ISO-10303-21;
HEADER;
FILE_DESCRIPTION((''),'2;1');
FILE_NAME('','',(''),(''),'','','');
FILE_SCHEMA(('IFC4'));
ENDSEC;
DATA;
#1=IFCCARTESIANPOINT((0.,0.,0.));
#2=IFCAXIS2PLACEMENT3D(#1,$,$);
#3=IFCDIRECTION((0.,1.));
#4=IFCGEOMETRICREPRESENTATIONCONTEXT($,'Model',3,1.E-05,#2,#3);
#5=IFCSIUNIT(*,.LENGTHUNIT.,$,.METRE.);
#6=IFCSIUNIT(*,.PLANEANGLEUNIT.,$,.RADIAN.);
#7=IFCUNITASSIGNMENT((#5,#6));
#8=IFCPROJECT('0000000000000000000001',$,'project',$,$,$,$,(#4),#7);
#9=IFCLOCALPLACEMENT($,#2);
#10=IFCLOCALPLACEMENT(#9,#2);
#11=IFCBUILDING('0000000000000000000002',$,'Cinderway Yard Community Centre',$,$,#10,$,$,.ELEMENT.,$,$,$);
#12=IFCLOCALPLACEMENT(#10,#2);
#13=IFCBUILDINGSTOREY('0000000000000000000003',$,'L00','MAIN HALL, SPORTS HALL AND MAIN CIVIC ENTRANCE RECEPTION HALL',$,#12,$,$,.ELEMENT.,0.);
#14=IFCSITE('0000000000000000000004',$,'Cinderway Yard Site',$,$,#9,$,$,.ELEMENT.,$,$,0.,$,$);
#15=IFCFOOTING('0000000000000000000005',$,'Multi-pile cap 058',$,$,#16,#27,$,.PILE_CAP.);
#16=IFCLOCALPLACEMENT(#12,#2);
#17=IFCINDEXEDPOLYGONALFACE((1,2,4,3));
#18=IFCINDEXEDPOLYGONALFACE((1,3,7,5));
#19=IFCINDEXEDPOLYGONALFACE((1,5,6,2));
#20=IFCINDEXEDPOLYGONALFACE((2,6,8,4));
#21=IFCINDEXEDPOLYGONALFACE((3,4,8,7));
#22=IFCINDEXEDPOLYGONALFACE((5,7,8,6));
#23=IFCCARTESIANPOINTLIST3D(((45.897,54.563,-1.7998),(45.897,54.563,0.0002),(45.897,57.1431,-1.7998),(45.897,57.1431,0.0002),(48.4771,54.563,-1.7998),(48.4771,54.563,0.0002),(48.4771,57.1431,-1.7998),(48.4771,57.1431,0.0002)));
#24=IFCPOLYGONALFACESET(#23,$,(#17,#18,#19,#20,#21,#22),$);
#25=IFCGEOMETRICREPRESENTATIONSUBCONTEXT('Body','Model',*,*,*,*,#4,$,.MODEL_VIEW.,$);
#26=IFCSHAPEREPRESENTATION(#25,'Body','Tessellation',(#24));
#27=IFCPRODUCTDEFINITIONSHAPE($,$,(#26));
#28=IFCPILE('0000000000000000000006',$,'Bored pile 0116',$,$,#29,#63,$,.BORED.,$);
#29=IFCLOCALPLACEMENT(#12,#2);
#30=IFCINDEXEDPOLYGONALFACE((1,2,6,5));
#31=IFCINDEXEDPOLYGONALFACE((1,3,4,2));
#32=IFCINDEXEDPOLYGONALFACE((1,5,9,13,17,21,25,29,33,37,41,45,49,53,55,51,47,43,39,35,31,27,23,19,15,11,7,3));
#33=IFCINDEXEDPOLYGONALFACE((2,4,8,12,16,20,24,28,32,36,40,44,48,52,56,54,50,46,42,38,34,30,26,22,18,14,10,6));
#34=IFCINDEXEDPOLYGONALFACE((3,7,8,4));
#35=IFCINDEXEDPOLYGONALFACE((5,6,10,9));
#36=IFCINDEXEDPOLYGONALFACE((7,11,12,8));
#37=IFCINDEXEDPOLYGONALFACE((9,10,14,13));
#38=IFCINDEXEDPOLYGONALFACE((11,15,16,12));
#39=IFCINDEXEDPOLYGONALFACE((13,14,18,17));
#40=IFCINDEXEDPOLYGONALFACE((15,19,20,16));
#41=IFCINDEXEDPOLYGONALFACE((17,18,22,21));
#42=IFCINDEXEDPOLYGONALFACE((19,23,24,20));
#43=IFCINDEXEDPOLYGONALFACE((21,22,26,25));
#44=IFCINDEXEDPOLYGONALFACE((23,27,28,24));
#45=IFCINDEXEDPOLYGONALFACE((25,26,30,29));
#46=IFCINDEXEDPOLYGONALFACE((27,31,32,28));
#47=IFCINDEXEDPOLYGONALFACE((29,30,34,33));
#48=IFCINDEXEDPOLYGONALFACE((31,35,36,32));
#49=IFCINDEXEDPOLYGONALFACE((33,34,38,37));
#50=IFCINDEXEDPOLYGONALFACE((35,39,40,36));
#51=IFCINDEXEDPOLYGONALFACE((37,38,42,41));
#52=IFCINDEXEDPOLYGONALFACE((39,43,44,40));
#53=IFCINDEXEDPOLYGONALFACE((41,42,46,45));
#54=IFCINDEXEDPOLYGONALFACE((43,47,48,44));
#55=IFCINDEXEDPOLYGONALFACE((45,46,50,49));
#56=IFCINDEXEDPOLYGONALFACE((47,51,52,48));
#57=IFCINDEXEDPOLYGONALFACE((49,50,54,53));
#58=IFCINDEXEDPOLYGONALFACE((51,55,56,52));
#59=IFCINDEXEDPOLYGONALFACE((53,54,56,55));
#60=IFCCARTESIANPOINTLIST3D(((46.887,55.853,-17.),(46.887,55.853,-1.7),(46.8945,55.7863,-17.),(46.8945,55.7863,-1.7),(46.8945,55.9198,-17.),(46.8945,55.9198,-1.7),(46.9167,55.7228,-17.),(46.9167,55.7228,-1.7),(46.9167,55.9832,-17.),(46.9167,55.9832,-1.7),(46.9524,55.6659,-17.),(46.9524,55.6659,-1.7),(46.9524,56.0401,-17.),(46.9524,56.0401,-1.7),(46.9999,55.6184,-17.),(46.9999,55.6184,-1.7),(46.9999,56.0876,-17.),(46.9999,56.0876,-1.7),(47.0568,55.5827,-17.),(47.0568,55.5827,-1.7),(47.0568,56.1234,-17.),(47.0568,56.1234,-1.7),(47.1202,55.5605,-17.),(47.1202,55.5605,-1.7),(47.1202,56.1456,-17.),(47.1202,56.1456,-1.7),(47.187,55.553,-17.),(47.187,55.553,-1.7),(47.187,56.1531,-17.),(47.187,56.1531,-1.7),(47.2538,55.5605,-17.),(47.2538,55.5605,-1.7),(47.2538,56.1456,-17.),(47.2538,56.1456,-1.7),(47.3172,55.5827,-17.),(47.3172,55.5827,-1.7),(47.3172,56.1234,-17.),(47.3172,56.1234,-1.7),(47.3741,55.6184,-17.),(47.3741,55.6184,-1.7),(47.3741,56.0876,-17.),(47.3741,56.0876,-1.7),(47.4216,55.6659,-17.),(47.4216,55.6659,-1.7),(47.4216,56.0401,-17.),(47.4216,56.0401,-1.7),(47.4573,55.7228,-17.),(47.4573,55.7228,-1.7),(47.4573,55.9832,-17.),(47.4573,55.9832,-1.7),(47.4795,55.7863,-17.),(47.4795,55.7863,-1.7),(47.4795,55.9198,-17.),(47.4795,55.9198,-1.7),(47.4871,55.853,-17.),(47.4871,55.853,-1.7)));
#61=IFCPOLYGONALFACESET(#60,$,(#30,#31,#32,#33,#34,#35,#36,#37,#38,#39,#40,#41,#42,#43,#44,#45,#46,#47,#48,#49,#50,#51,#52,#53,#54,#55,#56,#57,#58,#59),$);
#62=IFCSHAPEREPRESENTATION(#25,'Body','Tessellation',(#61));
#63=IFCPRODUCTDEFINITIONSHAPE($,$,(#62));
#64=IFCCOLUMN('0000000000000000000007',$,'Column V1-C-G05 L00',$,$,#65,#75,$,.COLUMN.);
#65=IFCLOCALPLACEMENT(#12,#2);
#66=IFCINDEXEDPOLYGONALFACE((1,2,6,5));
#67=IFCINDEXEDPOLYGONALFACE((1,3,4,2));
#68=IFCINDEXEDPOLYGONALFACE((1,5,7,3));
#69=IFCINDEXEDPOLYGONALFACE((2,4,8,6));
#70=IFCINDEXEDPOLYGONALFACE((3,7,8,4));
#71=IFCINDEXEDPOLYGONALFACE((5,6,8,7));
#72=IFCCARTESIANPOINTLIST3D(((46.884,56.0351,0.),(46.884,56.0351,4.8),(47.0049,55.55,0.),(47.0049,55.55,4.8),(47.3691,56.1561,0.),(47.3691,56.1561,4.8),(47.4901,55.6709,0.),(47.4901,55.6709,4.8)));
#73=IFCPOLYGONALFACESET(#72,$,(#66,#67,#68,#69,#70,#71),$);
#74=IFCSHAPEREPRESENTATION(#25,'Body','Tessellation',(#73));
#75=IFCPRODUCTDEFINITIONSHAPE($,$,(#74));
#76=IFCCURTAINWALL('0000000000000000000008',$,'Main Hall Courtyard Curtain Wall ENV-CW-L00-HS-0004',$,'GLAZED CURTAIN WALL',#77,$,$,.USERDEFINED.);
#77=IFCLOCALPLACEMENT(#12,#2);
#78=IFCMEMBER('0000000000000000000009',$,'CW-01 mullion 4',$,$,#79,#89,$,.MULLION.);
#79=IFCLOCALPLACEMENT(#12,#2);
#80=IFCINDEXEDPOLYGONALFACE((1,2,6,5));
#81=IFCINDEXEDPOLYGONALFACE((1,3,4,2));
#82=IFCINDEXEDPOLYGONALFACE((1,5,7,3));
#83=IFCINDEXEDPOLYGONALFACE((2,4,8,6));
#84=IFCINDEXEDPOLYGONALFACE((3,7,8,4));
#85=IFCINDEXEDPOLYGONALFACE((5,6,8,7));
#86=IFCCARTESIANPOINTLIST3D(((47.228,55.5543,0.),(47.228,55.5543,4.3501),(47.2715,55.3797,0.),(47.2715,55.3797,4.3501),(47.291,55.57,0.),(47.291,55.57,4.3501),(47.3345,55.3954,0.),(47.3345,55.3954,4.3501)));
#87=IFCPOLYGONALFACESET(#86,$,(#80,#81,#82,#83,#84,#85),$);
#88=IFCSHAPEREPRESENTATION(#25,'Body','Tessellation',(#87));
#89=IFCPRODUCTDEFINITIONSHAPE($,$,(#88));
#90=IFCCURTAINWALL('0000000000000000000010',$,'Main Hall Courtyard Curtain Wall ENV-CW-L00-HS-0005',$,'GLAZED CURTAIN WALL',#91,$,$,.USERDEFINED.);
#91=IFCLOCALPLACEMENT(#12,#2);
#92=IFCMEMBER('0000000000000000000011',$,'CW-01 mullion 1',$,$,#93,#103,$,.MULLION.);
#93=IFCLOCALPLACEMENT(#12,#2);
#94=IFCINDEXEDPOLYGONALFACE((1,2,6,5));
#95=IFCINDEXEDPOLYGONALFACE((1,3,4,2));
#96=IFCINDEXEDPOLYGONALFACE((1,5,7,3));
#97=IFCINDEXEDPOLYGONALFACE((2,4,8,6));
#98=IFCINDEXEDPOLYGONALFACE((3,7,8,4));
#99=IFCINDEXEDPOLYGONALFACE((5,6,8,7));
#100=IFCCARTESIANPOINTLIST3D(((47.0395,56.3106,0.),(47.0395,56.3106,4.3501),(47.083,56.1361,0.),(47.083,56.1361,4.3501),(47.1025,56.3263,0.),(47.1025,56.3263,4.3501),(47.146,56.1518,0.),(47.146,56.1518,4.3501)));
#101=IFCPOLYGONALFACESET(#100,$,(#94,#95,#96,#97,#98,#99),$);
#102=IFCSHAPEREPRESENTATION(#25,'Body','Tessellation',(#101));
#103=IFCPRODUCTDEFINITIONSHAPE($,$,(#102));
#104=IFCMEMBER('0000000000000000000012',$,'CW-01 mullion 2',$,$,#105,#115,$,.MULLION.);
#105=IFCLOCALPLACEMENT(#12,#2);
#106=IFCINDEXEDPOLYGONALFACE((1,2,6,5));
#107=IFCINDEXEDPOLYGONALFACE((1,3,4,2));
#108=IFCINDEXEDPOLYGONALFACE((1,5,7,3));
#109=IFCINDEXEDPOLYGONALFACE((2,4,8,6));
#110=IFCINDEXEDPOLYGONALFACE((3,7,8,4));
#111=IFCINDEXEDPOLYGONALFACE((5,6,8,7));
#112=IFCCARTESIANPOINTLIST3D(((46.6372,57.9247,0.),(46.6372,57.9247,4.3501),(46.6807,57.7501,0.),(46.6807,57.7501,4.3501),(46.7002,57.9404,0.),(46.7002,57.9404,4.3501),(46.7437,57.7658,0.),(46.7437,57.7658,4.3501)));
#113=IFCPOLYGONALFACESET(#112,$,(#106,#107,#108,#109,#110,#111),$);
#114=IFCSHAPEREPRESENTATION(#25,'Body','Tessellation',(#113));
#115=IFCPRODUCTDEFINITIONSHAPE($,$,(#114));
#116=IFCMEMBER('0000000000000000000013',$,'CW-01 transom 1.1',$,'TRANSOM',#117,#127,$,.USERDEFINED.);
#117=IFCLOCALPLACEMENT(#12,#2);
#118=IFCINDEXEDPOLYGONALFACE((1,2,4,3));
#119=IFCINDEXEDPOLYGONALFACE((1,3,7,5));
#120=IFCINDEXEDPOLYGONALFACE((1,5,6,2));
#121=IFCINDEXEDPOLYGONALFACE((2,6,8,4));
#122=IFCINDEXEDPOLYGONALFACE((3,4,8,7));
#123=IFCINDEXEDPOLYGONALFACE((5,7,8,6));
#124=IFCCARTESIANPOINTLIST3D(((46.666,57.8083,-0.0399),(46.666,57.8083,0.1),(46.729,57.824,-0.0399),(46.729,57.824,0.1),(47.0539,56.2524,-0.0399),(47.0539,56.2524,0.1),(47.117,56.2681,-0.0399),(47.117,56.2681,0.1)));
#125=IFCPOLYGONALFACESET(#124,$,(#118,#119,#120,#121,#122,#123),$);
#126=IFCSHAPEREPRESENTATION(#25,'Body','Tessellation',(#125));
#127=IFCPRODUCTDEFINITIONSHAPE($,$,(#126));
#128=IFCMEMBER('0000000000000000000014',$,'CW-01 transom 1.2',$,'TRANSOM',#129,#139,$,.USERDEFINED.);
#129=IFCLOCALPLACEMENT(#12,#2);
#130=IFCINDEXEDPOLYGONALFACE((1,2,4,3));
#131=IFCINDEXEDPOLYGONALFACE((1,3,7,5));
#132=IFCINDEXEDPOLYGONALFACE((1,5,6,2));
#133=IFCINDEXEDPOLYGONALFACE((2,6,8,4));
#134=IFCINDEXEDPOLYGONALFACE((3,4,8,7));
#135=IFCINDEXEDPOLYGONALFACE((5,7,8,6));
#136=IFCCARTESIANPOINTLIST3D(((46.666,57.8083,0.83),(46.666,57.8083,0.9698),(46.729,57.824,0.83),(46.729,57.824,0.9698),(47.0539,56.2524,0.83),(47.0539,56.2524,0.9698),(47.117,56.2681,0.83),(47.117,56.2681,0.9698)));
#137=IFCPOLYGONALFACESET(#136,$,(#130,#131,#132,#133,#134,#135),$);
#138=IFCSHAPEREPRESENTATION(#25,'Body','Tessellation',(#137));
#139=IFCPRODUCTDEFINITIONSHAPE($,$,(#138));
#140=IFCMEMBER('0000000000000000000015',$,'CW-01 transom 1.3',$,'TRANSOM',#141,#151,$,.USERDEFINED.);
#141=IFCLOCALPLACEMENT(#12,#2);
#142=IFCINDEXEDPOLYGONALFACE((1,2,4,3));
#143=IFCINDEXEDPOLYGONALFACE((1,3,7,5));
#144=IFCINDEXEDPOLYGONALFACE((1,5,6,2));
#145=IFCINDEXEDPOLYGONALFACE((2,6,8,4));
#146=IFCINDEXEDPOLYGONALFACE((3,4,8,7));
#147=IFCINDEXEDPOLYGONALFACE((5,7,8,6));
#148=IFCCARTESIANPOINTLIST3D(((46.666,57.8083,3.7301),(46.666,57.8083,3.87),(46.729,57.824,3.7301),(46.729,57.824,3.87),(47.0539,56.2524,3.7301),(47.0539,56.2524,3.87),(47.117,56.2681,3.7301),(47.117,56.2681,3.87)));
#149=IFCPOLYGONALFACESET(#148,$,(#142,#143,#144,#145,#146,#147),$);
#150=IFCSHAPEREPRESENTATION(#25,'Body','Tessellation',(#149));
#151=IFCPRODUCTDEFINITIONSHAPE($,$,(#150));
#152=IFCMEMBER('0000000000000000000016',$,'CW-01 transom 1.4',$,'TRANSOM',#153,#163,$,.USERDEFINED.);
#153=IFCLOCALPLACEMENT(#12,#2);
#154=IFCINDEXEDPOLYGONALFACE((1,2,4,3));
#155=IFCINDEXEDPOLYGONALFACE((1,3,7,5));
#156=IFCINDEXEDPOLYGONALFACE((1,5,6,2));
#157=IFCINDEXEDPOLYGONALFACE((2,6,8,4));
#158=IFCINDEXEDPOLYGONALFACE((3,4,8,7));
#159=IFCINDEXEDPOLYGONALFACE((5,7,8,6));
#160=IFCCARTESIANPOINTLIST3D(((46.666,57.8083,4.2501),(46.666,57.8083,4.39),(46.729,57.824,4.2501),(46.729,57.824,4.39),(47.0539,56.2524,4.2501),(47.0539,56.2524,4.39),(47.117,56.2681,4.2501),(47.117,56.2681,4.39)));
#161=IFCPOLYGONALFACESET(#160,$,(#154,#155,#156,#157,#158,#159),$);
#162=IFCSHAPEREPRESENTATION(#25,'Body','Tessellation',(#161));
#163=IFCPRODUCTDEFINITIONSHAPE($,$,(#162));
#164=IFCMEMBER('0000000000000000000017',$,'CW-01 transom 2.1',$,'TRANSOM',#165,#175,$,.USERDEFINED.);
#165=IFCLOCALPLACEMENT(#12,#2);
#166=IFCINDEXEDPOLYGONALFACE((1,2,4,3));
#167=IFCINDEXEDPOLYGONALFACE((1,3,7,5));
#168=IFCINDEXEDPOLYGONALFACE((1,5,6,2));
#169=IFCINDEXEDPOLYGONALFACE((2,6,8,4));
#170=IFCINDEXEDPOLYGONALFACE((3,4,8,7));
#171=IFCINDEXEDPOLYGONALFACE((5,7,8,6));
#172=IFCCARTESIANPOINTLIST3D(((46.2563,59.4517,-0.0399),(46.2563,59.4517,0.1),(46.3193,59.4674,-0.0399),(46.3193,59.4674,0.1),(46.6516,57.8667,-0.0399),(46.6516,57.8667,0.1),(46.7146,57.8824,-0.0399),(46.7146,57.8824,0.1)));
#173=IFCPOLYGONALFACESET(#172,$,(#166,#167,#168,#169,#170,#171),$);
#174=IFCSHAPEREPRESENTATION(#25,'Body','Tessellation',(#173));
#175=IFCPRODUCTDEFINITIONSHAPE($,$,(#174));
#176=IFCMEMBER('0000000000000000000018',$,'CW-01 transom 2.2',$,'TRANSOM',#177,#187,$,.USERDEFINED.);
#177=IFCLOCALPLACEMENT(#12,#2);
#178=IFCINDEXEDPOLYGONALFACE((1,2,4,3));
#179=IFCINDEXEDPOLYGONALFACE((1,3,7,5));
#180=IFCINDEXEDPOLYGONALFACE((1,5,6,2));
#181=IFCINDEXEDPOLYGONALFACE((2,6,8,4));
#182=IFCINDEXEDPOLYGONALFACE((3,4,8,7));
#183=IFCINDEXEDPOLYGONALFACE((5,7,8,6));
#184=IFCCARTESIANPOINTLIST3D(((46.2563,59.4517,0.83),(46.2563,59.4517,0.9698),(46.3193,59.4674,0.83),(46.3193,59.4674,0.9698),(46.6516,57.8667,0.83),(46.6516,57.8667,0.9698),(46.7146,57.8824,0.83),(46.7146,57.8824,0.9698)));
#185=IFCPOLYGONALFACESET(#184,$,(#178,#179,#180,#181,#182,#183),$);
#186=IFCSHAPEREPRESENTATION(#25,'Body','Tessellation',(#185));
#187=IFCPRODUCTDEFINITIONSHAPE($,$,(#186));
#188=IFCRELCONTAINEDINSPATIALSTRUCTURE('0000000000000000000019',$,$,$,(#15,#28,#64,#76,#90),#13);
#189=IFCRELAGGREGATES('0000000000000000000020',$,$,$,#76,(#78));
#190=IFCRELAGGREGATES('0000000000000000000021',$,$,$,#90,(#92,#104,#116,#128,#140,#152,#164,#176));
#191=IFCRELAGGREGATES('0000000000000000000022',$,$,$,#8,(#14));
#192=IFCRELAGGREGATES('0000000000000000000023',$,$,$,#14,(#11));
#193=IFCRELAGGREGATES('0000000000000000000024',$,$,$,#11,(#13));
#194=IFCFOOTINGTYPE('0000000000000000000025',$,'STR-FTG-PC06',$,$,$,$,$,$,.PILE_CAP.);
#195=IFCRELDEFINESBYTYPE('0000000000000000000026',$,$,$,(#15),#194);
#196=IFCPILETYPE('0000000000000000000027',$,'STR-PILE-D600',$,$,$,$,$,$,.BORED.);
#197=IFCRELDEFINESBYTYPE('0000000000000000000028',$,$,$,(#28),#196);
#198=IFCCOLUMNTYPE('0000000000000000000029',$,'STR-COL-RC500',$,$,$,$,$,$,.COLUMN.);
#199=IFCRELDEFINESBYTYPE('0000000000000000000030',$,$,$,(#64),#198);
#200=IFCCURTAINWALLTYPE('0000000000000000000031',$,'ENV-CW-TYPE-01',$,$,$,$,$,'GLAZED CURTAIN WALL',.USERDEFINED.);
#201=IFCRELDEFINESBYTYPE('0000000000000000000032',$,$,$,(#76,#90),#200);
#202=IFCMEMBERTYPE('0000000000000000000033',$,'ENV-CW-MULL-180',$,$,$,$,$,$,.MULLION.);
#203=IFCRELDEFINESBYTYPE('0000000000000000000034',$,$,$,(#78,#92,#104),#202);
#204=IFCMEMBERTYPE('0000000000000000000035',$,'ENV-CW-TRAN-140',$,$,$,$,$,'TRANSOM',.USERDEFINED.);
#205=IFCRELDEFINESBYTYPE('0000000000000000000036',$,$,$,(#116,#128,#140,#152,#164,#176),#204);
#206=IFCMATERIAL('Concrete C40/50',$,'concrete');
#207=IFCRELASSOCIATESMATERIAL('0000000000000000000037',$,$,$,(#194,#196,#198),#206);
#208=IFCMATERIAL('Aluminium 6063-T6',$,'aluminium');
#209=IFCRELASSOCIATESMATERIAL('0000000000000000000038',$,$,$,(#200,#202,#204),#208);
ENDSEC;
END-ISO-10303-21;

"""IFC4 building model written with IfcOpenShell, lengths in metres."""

from ifc_helpers import new_model, si_unit, direction, frame, origin, origin_2d, place, context, subcontext, project, spatial, rectangle, circle, extrude, material, material_profile, profile_set, type_object, element, aggregate, save


model = new_model("IFC4")

# Units and contexts
model_context = context("Model", 3, precision=1e-05, world=origin(), true_north=direction((0.0, 1.0)))
body_context = subcontext(model_context, "Body", "Model", "MODEL_VIEW")
ifc_project = project(units=[si_unit("LENGTHUNIT", "METRE"), si_unit("PLANEANGLEUNIT", "RADIAN")], contexts=[model_context])

# Site, building, storey
site_placement = place(None, origin())
site = spatial("IfcSite", under=ifc_project, at=site_placement, Name="Cinderway Yard Site", CompositionType="ELEMENT", RefElevation=0.0)
building_placement = place(site_placement, origin())
building = spatial("IfcBuilding", under=site, at=building_placement, Name="Cinderway Yard Community Centre", CompositionType="ELEMENT")
storey_placement = place(building_placement, origin())
storey = spatial("IfcBuildingStorey", under=building, at=storey_placement, Name="L00", Description="MAIN HALL, SPORTS HALL AND MAIN CIVIC ENTRANCE RECEPTION HALL", CompositionType="ELEMENT", Elevation=0.0)

# Footing
ifc_material_1 = material(Name="Concrete C40/50", Category="concrete")
footing_type = type_object("IfcFootingType", Name="STR-FTG-PC06", PredefinedType="PILE_CAP", material=ifc_material_1)
footing_placement = place(storey_placement, frame((47.187, 55.853, -1.7998), z_axis=(0.0, 0.0, 1.0), x_axis=(1.0, 0.0, 0.0)))
element("IfcFooting", 1, at=footing_placement, inside=storey, type_object=footing_type, Name="Multi-pile cap 058", PredefinedType="PILE_CAP", context=body_context, shape_type="SweptSolid", body=[
    extrude(rectangle(XDim=2.5801, YDim=2.5801, at=origin_2d()), origin(), (0.0, 0.0, 1.0), 1.8),
])

# Pile
ifc_material_profile_1 = material_profile(ifc_material_1, circle(Radius=0.3, at=origin_2d()), Name="Concrete C40/50")
ifc_profile_set_1 = profile_set([ifc_material_profile_1], Name="Concrete C40/50")
pile_type = type_object("IfcPileType", Name="STR-PILE-D600", PredefinedType="BORED", material=ifc_profile_set_1)
pile_placement = place(storey_placement, frame((47.187, 55.853, -1.7), z_axis=(0.0, 0.0, -1.0), x_axis=(1.0, 0.0, 0.0)))
element("IfcPile", 2, at=pile_placement, inside=storey, type_object=pile_type, Name="Bored pile 0116", PredefinedType="BORED", context=body_context, shape_type="SweptSolid", body=[
    extrude(circle(Radius=0.3, at=origin_2d()), origin(), (0.0, 0.0, 1.0), 15.3),
])

# Column
ifc_material_profile_2 = material_profile(ifc_material_1, rectangle(XDim=0.5, YDim=0.5, at=origin_2d()), Name="Concrete C40/50")
ifc_profile_set_2 = profile_set([ifc_material_profile_2], Name="Concrete C40/50")
column_type = type_object("IfcColumnType", Name="STR-COL-RC500", PredefinedType="COLUMN", material=ifc_profile_set_2)
column_placement = place(storey_placement, frame((47.187, 55.853, 0.0), z_axis=(0.0, 0.0, 1.0), x_axis=(0.970296, 0.241922, 0.0)))
element("IfcColumn", 3, at=column_placement, inside=storey, type_object=column_type, Name="Column V1-C-G05 L00", PredefinedType="COLUMN", context=body_context, shape_type="SweptSolid", body=[
    extrude(rectangle(XDim=0.5, YDim=0.5, at=origin_2d()), origin(), (0.0, 0.0, 1.0), 4.8),
])

# Curtain wall, member
ifc_material_2 = material(Name="Aluminium 6063-T6", Category="aluminium")
curtain_wall_type = type_object("IfcCurtainWallType", Name="ENV-CW-TYPE-01", ElementType="GLAZED CURTAIN WALL", PredefinedType="USERDEFINED", material=ifc_material_2)
curtain_wall_1_placement = place(storey_placement, origin())
curtain_wall_1 = element("IfcCurtainWall", 4, at=curtain_wall_1_placement, inside=storey, type_object=curtain_wall_type, Name="Main Hall Courtyard Curtain Wall ENV-CW-L00-HS-0004", ObjectType="GLAZED CURTAIN WALL", PredefinedType="USERDEFINED")
ifc_material_profile_3 = material_profile(ifc_material_2, rectangle(XDim=0.0649, YDim=0.1799, at=origin_2d()), Name="Aluminium 6063-T6")
ifc_profile_set_3 = profile_set([ifc_material_profile_3], Name="Aluminium 6063-T6")
member_type_1 = type_object("IfcMemberType", Name="ENV-CW-MULL-180", PredefinedType="MULLION", material=ifc_profile_set_3)
member_1_placement = place(storey_placement, frame((47.2812, 55.4749, 0.0), z_axis=(0.0, 0.0, 1.0), x_axis=(-0.970304, -0.241887, 0.0)))
member_1 = element("IfcMember", 5, at=member_1_placement, type_object=member_type_1, Name="CW-01 mullion 4", PredefinedType="MULLION", context=body_context, shape_type="SweptSolid", body=[
    extrude(rectangle(XDim=0.0649, YDim=0.1799, at=origin_2d()), origin(), (0.0, 0.0, 1.0), 4.3501),
])
aggregate(curtain_wall_1, [member_1])

# Curtain wall, members
curtain_wall_2_placement = place(storey_placement, origin())
curtain_wall_2 = element("IfcCurtainWall", 6, at=curtain_wall_2_placement, inside=storey, type_object=curtain_wall_type, Name="Main Hall Courtyard Curtain Wall ENV-CW-L00-HS-0005", ObjectType="GLAZED CURTAIN WALL", PredefinedType="USERDEFINED")
member_2_placement = place(storey_placement, frame((47.0928, 56.2312, 0.0), z_axis=(0.0, 0.0, 1.0), x_axis=(-0.970304, -0.241887, 0.0)))
member_2 = element("IfcMember", 7, at=member_2_placement, type_object=member_type_1, Name="CW-01 mullion 1", PredefinedType="MULLION", context=body_context, shape_type="SweptSolid", body=[
    extrude(rectangle(XDim=0.0649, YDim=0.1799, at=origin_2d()), origin(), (0.0, 0.0, 1.0), 4.3501),
])
member_3_placement = place(storey_placement, frame((46.6904, 57.8452, 0.0), z_axis=(0.0, 0.0, 1.0), x_axis=(-0.970304, -0.241887, 0.0)))
member_3 = element("IfcMember", 8, at=member_3_placement, type_object=member_type_1, Name="CW-01 mullion 2", PredefinedType="MULLION", context=body_context, shape_type="SweptSolid", body=[
    extrude(rectangle(XDim=0.0649, YDim=0.1799, at=origin_2d()), origin(), (0.0, 0.0, 1.0), 4.3501),
])
ifc_material_profile_4 = material_profile(ifc_material_2, rectangle(XDim=0.0649, YDim=0.1399, at=origin_2d()), Name="Aluminium 6063-T6")
ifc_profile_set_4 = profile_set([ifc_material_profile_4], Name="Aluminium 6063-T6")
member_type_2 = type_object("IfcMemberType", Name="ENV-CW-TRAN-140", ElementType="TRANSOM", PredefinedType="USERDEFINED", material=ifc_profile_set_4)
member_4_placement = place(storey_placement, frame((47.0854, 56.2603, 0.03), z_axis=(-0.241927, 0.970295, 0.0), x_axis=(-0.970295, -0.241927, 0.0)))
member_4 = element("IfcMember", 9, at=member_4_placement, type_object=member_type_2, Name="CW-01 transom 1.1", ObjectType="TRANSOM", PredefinedType="USERDEFINED", context=body_context, shape_type="SweptSolid", body=[
    extrude(rectangle(XDim=0.0649, YDim=0.1399, at=origin_2d()), origin(), (0.0, 0.0, 1.0), 1.6035),
])
member_5_placement = place(storey_placement, frame((47.0854, 56.2603, 0.8999), z_axis=(-0.241927, 0.970295, 0.0), x_axis=(-0.970295, -0.241927, 0.0)))
member_5 = element("IfcMember", 10, at=member_5_placement, type_object=member_type_2, Name="CW-01 transom 1.2", ObjectType="TRANSOM", PredefinedType="USERDEFINED", context=body_context, shape_type="SweptSolid", body=[
    extrude(rectangle(XDim=0.0649, YDim=0.1399, at=origin_2d()), origin(), (0.0, 0.0, 1.0), 1.6035),
])
member_6_placement = place(storey_placement, frame((47.0854, 56.2603, 3.8), z_axis=(-0.241927, 0.970295, 0.0), x_axis=(-0.970295, -0.241927, 0.0)))
member_6 = element("IfcMember", 11, at=member_6_placement, type_object=member_type_2, Name="CW-01 transom 1.3", ObjectType="TRANSOM", PredefinedType="USERDEFINED", context=body_context, shape_type="SweptSolid", body=[
    extrude(rectangle(XDim=0.0649, YDim=0.1399, at=origin_2d()), origin(), (0.0, 0.0, 1.0), 1.6035),
])
member_7_placement = place(storey_placement, frame((47.0854, 56.2603, 4.3201), z_axis=(-0.241927, 0.970295, 0.0), x_axis=(-0.970295, -0.241927, 0.0)))
member_7 = element("IfcMember", 12, at=member_7_placement, type_object=member_type_2, Name="CW-01 transom 1.4", ObjectType="TRANSOM", PredefinedType="USERDEFINED", context=body_context, shape_type="SweptSolid", body=[
    extrude(rectangle(XDim=0.0649, YDim=0.1399, at=origin_2d()), origin(), (0.0, 0.0, 1.0), 1.6035),
])
member_8_placement = place(storey_placement, frame((46.6831, 57.8745, 0.03), z_axis=(-0.241973, 0.970283, 0.0), x_axis=(-0.970283, -0.241973, 0.0)))
member_8 = element("IfcMember", 13, at=member_8_placement, type_object=member_type_2, Name="CW-01 transom 2.1", ObjectType="TRANSOM", PredefinedType="USERDEFINED", context=body_context, shape_type="SweptSolid", body=[
    extrude(rectangle(XDim=0.0649, YDim=0.1399, at=origin_2d()), origin(), (0.0, 0.0, 1.0), 1.6335),
])
member_9_placement = place(storey_placement, frame((46.6831, 57.8745, 0.8999), z_axis=(-0.241973, 0.970283, 0.0), x_axis=(-0.970283, -0.241973, 0.0)))
member_9 = element("IfcMember", 14, at=member_9_placement, type_object=member_type_2, Name="CW-01 transom 2.2", ObjectType="TRANSOM", PredefinedType="USERDEFINED", context=body_context, shape_type="SweptSolid", body=[
    extrude(rectangle(XDim=0.0649, YDim=0.1399, at=origin_2d()), origin(), (0.0, 0.0, 1.0), 1.6335),
])
aggregate(curtain_wall_2, [member_2, member_3, member_4, member_5, member_6, member_7, member_8, member_9])

save(model, "model.ifc")
